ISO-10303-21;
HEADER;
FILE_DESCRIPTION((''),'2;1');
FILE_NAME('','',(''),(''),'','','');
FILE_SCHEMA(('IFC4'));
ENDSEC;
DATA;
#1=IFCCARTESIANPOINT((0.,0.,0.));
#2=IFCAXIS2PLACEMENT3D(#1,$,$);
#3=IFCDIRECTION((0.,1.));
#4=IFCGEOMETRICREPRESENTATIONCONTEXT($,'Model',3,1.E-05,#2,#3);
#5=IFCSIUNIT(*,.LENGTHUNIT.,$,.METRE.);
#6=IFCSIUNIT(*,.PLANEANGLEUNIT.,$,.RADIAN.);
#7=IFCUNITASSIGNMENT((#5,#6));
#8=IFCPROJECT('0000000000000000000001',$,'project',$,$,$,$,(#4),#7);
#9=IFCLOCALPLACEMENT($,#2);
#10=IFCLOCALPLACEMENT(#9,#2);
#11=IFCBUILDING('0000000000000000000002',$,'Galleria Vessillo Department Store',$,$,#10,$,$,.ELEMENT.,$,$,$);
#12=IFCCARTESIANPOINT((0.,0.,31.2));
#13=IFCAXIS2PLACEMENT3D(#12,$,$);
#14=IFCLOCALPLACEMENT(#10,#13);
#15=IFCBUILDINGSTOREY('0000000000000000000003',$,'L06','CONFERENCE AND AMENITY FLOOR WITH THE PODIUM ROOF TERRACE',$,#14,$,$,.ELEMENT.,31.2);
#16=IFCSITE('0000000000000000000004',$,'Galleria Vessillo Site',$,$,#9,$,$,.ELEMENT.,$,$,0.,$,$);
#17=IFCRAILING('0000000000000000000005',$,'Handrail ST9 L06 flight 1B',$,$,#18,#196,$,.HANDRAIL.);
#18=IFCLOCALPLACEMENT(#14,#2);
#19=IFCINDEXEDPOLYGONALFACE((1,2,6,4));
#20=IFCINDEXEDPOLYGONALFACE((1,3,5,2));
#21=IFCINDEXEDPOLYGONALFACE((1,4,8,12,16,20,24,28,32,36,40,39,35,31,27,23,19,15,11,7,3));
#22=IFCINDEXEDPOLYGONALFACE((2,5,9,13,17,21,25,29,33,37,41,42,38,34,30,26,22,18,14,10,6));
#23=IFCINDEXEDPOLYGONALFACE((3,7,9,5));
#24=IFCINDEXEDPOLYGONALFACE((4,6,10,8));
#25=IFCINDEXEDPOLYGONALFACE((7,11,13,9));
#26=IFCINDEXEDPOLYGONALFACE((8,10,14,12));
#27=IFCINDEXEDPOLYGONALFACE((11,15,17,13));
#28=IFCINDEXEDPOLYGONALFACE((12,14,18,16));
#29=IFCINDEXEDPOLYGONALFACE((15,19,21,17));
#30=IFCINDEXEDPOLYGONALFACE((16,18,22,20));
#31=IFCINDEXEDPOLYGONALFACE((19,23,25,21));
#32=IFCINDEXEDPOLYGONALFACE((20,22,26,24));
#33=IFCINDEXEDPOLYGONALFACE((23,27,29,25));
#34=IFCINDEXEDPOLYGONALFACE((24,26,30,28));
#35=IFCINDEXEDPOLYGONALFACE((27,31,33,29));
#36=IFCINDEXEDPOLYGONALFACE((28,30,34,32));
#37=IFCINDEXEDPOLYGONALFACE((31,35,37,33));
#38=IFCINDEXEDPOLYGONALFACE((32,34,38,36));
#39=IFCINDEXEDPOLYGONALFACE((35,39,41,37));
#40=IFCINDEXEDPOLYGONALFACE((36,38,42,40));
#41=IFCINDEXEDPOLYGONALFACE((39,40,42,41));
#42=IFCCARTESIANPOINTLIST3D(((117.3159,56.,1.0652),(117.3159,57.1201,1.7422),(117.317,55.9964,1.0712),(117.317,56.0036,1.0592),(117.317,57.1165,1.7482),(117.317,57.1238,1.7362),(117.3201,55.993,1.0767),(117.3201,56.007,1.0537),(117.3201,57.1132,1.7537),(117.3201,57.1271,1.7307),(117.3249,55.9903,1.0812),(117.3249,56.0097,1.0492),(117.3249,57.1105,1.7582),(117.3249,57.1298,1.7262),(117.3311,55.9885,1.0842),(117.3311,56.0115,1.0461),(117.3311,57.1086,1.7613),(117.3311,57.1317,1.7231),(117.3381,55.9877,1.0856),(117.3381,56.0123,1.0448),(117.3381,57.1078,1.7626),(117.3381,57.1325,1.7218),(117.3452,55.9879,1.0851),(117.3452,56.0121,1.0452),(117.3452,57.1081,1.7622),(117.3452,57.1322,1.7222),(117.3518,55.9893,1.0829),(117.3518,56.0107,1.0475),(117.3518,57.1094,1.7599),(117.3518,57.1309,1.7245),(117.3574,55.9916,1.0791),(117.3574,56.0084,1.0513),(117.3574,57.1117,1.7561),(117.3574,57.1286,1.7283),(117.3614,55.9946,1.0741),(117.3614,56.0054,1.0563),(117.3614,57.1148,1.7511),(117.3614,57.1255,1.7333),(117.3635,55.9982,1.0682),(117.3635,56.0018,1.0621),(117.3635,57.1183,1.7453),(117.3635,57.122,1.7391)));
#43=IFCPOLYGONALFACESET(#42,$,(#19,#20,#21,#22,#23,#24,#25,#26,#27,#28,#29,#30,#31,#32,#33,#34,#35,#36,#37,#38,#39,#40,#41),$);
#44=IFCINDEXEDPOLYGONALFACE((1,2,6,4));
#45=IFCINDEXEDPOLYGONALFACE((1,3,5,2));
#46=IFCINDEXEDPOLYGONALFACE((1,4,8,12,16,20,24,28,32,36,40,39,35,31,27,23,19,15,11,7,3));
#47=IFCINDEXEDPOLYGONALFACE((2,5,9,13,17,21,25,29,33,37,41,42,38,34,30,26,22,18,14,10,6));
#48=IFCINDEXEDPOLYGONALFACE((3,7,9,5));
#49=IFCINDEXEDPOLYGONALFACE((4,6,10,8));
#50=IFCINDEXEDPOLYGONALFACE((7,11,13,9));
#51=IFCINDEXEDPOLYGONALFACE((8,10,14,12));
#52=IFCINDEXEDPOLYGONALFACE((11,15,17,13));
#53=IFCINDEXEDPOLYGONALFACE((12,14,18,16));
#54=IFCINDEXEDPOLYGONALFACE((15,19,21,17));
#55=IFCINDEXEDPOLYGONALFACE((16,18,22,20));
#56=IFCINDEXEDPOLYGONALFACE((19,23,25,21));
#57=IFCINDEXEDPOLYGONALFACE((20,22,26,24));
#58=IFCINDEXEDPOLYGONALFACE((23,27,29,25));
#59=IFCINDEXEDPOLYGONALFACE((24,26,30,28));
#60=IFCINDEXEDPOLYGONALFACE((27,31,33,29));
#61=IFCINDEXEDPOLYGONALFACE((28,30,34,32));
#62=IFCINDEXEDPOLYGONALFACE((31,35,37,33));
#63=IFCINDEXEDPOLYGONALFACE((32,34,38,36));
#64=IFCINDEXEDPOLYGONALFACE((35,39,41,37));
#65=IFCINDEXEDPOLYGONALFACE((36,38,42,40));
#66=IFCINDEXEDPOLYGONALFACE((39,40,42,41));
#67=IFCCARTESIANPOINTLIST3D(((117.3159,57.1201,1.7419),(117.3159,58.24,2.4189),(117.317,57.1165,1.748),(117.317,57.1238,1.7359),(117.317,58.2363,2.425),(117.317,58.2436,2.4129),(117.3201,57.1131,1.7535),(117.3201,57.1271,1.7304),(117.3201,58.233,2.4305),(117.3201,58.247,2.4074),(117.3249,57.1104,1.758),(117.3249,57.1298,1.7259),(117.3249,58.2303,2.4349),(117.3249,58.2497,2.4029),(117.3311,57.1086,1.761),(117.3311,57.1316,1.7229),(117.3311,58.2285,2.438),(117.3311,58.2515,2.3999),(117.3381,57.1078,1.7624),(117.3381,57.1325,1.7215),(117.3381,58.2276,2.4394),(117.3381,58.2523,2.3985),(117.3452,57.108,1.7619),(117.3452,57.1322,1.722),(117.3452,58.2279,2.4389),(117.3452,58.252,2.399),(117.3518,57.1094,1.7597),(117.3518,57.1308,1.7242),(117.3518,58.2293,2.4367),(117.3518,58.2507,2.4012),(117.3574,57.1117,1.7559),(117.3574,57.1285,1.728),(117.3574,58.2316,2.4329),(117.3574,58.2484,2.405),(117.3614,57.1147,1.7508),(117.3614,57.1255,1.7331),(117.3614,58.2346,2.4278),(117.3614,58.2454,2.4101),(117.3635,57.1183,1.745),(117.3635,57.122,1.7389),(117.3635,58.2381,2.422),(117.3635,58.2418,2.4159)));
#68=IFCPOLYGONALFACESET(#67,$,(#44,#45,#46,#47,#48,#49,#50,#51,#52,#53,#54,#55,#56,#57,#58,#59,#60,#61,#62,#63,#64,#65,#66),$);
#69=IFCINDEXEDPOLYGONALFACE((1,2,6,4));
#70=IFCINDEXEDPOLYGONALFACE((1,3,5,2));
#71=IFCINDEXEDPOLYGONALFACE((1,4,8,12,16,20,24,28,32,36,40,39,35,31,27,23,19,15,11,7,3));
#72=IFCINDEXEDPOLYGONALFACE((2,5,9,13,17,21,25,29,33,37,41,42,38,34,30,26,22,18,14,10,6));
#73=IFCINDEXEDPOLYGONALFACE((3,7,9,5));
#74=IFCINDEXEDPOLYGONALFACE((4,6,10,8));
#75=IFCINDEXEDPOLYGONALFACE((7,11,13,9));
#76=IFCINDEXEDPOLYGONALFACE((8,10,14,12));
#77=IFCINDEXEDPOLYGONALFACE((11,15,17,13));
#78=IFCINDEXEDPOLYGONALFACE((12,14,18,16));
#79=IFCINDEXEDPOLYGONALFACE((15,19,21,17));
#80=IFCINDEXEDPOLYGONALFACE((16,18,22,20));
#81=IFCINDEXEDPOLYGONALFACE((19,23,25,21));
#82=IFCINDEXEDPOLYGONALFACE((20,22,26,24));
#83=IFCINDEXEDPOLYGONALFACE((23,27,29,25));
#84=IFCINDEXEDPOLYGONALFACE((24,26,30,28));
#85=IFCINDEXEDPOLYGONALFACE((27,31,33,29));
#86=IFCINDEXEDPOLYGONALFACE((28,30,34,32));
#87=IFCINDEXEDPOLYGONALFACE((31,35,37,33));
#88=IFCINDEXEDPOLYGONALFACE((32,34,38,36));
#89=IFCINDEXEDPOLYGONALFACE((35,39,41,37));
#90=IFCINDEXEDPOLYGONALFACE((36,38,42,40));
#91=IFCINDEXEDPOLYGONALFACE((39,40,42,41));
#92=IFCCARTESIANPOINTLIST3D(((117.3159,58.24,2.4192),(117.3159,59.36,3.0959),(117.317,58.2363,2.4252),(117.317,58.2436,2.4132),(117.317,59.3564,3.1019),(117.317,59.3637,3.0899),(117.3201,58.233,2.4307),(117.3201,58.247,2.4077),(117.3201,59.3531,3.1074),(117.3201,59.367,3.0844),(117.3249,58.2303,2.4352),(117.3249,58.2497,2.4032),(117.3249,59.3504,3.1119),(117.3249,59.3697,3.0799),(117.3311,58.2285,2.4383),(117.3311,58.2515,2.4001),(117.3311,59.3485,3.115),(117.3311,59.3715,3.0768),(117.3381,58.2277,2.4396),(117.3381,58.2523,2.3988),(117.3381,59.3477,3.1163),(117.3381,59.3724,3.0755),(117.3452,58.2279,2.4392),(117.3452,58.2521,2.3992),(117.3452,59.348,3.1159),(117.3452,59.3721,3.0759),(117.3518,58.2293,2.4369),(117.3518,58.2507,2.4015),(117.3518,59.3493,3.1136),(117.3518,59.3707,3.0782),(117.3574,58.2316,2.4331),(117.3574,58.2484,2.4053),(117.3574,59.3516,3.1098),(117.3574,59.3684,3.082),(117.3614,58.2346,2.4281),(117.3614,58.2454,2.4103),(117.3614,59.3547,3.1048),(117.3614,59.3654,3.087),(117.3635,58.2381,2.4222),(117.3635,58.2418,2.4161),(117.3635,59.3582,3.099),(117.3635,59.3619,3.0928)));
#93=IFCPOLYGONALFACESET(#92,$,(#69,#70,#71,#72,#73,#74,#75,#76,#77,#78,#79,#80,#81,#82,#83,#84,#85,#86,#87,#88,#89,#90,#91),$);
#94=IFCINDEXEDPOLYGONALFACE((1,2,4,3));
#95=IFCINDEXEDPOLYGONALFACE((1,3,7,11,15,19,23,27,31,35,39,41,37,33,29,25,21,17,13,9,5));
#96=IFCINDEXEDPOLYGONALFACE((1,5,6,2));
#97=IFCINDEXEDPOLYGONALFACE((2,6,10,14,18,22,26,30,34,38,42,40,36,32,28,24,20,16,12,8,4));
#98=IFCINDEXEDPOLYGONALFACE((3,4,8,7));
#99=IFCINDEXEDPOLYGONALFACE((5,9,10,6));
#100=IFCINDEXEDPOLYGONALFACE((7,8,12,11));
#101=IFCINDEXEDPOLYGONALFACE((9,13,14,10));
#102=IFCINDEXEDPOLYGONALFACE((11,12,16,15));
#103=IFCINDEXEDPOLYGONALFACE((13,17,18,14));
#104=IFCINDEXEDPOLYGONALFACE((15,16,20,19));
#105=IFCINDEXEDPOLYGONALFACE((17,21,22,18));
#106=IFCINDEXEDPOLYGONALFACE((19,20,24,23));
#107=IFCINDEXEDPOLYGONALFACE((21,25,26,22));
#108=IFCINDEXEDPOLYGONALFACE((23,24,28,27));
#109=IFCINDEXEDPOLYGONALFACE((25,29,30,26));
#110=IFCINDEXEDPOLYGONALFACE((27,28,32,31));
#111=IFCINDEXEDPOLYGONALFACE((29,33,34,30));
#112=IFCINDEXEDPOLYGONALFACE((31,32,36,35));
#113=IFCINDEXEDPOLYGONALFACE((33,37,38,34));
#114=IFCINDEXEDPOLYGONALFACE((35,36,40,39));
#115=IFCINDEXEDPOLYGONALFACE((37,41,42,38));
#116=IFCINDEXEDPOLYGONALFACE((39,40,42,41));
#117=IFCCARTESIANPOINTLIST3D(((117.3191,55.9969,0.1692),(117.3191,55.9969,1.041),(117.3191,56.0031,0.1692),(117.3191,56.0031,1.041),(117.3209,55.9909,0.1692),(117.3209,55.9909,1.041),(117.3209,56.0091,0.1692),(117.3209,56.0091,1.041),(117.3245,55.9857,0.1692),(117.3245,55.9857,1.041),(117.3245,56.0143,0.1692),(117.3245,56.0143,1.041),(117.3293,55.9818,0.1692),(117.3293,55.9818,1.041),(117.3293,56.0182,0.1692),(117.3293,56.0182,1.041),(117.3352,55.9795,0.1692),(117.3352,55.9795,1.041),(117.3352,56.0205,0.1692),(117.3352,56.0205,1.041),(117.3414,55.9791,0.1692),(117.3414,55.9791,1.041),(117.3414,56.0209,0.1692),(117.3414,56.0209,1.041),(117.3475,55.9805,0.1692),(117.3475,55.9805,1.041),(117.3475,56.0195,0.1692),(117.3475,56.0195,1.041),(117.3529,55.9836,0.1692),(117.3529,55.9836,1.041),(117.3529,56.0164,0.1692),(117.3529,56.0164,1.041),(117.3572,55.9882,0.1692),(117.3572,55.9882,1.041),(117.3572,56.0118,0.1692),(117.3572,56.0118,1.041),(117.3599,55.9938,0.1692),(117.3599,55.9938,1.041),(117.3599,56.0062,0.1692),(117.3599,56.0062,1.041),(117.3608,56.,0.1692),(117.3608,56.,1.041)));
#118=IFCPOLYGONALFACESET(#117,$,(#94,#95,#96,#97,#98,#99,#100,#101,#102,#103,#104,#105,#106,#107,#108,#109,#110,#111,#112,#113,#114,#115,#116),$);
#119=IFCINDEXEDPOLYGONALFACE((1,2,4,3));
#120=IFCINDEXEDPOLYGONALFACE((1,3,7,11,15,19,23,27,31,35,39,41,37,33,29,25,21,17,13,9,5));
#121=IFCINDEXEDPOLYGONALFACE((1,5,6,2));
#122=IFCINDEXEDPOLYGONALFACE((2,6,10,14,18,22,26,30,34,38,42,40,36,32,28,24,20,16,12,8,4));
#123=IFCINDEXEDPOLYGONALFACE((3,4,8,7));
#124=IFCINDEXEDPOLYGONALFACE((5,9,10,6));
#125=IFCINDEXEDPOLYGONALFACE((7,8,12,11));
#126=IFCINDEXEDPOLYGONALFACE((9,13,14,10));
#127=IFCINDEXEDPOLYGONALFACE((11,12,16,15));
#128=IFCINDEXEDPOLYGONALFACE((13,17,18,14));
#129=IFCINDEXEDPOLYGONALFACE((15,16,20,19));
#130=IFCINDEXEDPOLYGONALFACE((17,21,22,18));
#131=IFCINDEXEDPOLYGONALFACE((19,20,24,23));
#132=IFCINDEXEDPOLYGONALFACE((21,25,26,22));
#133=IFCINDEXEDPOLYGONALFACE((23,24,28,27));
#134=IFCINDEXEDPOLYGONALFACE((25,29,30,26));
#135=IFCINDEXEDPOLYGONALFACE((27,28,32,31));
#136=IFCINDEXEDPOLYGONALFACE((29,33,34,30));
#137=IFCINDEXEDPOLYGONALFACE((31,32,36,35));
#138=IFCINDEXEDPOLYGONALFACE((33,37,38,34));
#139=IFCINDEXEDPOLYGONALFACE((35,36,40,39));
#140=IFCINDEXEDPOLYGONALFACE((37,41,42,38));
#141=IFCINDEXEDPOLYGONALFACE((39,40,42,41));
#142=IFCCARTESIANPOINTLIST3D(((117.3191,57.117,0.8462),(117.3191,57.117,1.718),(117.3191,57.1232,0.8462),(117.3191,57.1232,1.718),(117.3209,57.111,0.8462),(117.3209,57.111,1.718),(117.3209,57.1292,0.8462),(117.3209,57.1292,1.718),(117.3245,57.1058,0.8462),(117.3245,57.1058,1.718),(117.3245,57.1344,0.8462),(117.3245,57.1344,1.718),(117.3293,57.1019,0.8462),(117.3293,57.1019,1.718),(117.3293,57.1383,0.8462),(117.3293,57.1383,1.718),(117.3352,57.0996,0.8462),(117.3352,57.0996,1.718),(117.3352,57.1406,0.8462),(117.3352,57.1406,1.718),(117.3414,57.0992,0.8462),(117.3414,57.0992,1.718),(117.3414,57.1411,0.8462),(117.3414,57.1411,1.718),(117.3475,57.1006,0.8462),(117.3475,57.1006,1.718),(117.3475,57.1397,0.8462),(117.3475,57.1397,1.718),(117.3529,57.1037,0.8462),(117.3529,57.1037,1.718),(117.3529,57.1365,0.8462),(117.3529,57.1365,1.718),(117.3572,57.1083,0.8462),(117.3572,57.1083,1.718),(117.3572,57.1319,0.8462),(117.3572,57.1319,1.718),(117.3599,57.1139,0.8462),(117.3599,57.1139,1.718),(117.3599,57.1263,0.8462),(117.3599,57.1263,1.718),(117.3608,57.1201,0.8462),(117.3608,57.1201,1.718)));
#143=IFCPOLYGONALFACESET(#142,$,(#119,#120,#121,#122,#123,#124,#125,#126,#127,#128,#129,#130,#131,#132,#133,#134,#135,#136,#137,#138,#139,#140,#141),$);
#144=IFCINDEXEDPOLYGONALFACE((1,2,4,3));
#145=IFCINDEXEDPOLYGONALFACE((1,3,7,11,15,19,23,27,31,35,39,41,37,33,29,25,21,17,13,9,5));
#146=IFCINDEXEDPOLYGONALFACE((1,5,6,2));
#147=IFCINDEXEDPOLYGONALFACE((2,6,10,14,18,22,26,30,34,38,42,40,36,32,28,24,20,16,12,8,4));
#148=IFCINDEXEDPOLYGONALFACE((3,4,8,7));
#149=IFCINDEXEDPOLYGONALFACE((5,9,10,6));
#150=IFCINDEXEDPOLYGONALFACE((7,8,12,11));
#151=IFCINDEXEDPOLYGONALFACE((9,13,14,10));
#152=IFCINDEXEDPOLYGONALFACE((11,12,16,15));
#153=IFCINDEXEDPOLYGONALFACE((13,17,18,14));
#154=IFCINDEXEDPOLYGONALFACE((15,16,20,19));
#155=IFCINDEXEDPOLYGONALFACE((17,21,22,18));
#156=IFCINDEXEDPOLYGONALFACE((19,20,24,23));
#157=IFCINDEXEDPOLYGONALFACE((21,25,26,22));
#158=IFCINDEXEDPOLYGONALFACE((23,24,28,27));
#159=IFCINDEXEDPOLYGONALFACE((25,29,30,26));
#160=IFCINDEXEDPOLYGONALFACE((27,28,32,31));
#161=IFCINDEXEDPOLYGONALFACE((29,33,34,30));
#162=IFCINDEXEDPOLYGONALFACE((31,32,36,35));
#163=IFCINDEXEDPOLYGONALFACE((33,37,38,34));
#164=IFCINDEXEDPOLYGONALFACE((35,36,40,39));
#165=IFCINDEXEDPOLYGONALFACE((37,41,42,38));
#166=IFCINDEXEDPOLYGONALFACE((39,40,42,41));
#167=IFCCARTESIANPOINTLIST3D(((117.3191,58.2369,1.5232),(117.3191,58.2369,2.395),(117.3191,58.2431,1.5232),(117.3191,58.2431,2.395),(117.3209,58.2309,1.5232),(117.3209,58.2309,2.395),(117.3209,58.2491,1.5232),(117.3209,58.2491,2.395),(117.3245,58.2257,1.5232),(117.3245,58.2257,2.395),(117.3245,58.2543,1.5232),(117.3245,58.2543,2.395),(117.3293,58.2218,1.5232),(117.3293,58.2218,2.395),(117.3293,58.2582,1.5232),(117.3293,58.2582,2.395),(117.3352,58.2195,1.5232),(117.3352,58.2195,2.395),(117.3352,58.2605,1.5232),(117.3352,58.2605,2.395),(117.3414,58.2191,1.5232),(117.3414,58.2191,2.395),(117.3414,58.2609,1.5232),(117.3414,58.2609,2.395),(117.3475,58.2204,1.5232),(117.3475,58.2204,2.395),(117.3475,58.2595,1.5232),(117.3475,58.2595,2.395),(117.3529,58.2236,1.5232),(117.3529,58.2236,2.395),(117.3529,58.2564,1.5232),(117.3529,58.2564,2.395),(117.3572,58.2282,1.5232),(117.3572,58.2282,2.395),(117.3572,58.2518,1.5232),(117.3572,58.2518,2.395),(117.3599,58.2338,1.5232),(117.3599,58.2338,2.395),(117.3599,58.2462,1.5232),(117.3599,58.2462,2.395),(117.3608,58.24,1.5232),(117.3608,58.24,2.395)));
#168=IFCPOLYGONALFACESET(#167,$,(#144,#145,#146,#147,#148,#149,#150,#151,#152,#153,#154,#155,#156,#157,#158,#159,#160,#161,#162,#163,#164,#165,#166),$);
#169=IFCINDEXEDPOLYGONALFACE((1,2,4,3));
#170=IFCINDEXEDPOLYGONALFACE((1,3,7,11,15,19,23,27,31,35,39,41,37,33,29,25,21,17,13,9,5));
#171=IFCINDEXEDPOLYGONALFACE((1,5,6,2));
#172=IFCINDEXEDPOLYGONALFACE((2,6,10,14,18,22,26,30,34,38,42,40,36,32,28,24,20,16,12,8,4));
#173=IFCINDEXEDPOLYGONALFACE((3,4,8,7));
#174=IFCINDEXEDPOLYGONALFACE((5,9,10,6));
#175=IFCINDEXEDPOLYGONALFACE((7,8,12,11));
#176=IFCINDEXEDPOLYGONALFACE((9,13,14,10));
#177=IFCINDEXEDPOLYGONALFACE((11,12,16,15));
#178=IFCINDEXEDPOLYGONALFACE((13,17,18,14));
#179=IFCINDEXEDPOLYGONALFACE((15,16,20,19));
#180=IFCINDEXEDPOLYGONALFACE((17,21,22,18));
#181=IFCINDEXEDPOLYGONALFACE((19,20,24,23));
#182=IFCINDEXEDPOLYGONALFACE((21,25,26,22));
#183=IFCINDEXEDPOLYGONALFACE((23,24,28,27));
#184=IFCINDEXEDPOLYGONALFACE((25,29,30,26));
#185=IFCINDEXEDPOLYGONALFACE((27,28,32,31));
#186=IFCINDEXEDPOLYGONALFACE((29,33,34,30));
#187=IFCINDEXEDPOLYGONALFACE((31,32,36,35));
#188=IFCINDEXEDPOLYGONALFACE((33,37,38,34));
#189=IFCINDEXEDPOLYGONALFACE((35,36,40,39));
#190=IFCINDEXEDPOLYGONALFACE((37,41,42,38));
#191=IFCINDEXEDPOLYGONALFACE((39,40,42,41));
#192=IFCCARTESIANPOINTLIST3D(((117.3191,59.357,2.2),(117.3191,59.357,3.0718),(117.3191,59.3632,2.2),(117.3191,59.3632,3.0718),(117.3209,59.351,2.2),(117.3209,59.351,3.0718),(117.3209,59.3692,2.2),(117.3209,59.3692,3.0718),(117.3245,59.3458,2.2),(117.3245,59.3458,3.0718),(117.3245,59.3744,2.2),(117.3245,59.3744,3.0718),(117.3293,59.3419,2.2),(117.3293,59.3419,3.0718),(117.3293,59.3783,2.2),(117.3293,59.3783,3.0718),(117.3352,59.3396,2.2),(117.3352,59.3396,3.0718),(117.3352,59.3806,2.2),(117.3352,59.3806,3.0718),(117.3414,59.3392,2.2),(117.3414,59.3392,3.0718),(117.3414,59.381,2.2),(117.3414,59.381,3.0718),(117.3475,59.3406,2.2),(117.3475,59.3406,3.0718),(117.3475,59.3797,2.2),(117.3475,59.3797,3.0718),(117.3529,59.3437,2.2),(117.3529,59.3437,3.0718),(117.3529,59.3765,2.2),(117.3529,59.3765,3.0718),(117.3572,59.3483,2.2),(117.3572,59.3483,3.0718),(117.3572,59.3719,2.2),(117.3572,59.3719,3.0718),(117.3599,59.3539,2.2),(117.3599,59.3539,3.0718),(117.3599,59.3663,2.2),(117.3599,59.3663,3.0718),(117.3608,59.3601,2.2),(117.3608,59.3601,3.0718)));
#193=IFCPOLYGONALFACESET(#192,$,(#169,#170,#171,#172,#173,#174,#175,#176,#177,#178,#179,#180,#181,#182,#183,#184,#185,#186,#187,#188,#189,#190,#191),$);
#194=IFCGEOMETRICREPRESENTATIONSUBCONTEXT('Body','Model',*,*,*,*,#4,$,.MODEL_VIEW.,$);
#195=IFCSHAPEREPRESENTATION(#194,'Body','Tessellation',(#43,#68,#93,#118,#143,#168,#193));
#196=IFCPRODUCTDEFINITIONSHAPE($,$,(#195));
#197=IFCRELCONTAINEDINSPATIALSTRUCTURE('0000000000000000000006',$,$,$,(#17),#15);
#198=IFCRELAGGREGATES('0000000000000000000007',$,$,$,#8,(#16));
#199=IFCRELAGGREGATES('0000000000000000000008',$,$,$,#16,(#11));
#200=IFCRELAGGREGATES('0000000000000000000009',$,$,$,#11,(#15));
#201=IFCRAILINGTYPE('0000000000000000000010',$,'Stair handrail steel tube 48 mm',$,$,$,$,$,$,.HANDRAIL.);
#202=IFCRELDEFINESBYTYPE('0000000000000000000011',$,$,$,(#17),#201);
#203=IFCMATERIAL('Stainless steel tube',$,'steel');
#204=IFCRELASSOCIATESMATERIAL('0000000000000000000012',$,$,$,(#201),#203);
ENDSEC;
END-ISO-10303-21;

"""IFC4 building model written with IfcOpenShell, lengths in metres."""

from ifc_helpers import new_model, si_unit, direction, frame, origin, origin_2d, place, context, subcontext, project, spatial, circle, extrude, material, type_object, element, save


model = new_model("IFC4")

# Units and contexts
model_context = context("Model", 3, precision=1e-05, world=origin(), true_north=direction((0.0, 1.0)))
body_context = subcontext(model_context, "Body", "Model", "MODEL_VIEW")
ifc_project = project(units=[si_unit("LENGTHUNIT", "METRE"), si_unit("PLANEANGLEUNIT", "RADIAN")], contexts=[model_context])

# Site, building, storey
site_placement = place(None, origin())
site = spatial("IfcSite", under=ifc_project, at=site_placement, Name="Galleria Vessillo Site", CompositionType="ELEMENT", RefElevation=0.0)
building_placement = place(site_placement, origin())
building = spatial("IfcBuilding", under=site, at=building_placement, Name="Galleria Vessillo Department Store", CompositionType="ELEMENT")
storey_placement = place(building_placement, frame((0.0, 0.0, 31.2)))
storey = spatial("IfcBuildingStorey", under=building, at=storey_placement, Name="L06", Description="CONFERENCE AND AMENITY FLOOR WITH THE PODIUM ROOF TERRACE", CompositionType="ELEMENT", Elevation=31.2)

# Railing
ifc_material_1 = material(Name="Stainless steel tube", Category="steel")
railing_type = type_object("IfcRailingType", Name="Stair handrail steel tube 48 mm", PredefinedType="HANDRAIL", material=ifc_material_1)
for number, where, name in (
    (1, (117.3398, 56.0, 0.1692), "Handrail ST9 L06 flight 1B"),
):
    element("IfcRailing", number, at=place(storey_placement, frame(where)), inside=storey, type_object=railing_type, Name=name, PredefinedType="HANDRAIL", context=body_context, shape_type="SweptSolid", body=[
        extrude(circle(Radius=0.0239, at=origin_2d()), frame((0.0, 0.0, 0.896), z_axis=(0.0, 0.855826, 0.517264), x_axis=(-1.0, 0.0, 0.0)), (0.0, 0.0, 1.0), 1.3088),
        extrude(circle(Radius=0.0239, at=origin_2d()), frame((0.0, 1.1201, 1.5728), z_axis=(0.0, 0.855776, 0.517346), x_axis=(-1.0, 0.0, 0.0)), (0.0, 0.0, 1.0), 1.3086),
        extrude(circle(Radius=0.0239, at=origin_2d()), frame((0.0, 2.24, 2.25), z_axis=(0.0, 0.855909, 0.517127), x_axis=(-1.0, 0.0, 0.0)), (0.0, 0.0, 1.0), 1.3086),
        extrude(circle(Radius=0.021, at=origin_2d()), origin(), (0.0, 0.0, 1.0), 0.8718),
        extrude(circle(Radius=0.021, at=origin_2d()), frame((0.0, 1.1201, 0.677)), (0.0, 0.0, 1.0), 0.8718),
        extrude(circle(Radius=0.021, at=origin_2d()), frame((0.0, 2.24, 1.354)), (0.0, 0.0, 1.0), 0.8718),
        extrude(circle(Radius=0.021, at=origin_2d()), frame((0.0, 3.3601, 2.0308)), (0.0, 0.0, 1.0), 0.8718),
    ])

save(model, "model.ifc")
